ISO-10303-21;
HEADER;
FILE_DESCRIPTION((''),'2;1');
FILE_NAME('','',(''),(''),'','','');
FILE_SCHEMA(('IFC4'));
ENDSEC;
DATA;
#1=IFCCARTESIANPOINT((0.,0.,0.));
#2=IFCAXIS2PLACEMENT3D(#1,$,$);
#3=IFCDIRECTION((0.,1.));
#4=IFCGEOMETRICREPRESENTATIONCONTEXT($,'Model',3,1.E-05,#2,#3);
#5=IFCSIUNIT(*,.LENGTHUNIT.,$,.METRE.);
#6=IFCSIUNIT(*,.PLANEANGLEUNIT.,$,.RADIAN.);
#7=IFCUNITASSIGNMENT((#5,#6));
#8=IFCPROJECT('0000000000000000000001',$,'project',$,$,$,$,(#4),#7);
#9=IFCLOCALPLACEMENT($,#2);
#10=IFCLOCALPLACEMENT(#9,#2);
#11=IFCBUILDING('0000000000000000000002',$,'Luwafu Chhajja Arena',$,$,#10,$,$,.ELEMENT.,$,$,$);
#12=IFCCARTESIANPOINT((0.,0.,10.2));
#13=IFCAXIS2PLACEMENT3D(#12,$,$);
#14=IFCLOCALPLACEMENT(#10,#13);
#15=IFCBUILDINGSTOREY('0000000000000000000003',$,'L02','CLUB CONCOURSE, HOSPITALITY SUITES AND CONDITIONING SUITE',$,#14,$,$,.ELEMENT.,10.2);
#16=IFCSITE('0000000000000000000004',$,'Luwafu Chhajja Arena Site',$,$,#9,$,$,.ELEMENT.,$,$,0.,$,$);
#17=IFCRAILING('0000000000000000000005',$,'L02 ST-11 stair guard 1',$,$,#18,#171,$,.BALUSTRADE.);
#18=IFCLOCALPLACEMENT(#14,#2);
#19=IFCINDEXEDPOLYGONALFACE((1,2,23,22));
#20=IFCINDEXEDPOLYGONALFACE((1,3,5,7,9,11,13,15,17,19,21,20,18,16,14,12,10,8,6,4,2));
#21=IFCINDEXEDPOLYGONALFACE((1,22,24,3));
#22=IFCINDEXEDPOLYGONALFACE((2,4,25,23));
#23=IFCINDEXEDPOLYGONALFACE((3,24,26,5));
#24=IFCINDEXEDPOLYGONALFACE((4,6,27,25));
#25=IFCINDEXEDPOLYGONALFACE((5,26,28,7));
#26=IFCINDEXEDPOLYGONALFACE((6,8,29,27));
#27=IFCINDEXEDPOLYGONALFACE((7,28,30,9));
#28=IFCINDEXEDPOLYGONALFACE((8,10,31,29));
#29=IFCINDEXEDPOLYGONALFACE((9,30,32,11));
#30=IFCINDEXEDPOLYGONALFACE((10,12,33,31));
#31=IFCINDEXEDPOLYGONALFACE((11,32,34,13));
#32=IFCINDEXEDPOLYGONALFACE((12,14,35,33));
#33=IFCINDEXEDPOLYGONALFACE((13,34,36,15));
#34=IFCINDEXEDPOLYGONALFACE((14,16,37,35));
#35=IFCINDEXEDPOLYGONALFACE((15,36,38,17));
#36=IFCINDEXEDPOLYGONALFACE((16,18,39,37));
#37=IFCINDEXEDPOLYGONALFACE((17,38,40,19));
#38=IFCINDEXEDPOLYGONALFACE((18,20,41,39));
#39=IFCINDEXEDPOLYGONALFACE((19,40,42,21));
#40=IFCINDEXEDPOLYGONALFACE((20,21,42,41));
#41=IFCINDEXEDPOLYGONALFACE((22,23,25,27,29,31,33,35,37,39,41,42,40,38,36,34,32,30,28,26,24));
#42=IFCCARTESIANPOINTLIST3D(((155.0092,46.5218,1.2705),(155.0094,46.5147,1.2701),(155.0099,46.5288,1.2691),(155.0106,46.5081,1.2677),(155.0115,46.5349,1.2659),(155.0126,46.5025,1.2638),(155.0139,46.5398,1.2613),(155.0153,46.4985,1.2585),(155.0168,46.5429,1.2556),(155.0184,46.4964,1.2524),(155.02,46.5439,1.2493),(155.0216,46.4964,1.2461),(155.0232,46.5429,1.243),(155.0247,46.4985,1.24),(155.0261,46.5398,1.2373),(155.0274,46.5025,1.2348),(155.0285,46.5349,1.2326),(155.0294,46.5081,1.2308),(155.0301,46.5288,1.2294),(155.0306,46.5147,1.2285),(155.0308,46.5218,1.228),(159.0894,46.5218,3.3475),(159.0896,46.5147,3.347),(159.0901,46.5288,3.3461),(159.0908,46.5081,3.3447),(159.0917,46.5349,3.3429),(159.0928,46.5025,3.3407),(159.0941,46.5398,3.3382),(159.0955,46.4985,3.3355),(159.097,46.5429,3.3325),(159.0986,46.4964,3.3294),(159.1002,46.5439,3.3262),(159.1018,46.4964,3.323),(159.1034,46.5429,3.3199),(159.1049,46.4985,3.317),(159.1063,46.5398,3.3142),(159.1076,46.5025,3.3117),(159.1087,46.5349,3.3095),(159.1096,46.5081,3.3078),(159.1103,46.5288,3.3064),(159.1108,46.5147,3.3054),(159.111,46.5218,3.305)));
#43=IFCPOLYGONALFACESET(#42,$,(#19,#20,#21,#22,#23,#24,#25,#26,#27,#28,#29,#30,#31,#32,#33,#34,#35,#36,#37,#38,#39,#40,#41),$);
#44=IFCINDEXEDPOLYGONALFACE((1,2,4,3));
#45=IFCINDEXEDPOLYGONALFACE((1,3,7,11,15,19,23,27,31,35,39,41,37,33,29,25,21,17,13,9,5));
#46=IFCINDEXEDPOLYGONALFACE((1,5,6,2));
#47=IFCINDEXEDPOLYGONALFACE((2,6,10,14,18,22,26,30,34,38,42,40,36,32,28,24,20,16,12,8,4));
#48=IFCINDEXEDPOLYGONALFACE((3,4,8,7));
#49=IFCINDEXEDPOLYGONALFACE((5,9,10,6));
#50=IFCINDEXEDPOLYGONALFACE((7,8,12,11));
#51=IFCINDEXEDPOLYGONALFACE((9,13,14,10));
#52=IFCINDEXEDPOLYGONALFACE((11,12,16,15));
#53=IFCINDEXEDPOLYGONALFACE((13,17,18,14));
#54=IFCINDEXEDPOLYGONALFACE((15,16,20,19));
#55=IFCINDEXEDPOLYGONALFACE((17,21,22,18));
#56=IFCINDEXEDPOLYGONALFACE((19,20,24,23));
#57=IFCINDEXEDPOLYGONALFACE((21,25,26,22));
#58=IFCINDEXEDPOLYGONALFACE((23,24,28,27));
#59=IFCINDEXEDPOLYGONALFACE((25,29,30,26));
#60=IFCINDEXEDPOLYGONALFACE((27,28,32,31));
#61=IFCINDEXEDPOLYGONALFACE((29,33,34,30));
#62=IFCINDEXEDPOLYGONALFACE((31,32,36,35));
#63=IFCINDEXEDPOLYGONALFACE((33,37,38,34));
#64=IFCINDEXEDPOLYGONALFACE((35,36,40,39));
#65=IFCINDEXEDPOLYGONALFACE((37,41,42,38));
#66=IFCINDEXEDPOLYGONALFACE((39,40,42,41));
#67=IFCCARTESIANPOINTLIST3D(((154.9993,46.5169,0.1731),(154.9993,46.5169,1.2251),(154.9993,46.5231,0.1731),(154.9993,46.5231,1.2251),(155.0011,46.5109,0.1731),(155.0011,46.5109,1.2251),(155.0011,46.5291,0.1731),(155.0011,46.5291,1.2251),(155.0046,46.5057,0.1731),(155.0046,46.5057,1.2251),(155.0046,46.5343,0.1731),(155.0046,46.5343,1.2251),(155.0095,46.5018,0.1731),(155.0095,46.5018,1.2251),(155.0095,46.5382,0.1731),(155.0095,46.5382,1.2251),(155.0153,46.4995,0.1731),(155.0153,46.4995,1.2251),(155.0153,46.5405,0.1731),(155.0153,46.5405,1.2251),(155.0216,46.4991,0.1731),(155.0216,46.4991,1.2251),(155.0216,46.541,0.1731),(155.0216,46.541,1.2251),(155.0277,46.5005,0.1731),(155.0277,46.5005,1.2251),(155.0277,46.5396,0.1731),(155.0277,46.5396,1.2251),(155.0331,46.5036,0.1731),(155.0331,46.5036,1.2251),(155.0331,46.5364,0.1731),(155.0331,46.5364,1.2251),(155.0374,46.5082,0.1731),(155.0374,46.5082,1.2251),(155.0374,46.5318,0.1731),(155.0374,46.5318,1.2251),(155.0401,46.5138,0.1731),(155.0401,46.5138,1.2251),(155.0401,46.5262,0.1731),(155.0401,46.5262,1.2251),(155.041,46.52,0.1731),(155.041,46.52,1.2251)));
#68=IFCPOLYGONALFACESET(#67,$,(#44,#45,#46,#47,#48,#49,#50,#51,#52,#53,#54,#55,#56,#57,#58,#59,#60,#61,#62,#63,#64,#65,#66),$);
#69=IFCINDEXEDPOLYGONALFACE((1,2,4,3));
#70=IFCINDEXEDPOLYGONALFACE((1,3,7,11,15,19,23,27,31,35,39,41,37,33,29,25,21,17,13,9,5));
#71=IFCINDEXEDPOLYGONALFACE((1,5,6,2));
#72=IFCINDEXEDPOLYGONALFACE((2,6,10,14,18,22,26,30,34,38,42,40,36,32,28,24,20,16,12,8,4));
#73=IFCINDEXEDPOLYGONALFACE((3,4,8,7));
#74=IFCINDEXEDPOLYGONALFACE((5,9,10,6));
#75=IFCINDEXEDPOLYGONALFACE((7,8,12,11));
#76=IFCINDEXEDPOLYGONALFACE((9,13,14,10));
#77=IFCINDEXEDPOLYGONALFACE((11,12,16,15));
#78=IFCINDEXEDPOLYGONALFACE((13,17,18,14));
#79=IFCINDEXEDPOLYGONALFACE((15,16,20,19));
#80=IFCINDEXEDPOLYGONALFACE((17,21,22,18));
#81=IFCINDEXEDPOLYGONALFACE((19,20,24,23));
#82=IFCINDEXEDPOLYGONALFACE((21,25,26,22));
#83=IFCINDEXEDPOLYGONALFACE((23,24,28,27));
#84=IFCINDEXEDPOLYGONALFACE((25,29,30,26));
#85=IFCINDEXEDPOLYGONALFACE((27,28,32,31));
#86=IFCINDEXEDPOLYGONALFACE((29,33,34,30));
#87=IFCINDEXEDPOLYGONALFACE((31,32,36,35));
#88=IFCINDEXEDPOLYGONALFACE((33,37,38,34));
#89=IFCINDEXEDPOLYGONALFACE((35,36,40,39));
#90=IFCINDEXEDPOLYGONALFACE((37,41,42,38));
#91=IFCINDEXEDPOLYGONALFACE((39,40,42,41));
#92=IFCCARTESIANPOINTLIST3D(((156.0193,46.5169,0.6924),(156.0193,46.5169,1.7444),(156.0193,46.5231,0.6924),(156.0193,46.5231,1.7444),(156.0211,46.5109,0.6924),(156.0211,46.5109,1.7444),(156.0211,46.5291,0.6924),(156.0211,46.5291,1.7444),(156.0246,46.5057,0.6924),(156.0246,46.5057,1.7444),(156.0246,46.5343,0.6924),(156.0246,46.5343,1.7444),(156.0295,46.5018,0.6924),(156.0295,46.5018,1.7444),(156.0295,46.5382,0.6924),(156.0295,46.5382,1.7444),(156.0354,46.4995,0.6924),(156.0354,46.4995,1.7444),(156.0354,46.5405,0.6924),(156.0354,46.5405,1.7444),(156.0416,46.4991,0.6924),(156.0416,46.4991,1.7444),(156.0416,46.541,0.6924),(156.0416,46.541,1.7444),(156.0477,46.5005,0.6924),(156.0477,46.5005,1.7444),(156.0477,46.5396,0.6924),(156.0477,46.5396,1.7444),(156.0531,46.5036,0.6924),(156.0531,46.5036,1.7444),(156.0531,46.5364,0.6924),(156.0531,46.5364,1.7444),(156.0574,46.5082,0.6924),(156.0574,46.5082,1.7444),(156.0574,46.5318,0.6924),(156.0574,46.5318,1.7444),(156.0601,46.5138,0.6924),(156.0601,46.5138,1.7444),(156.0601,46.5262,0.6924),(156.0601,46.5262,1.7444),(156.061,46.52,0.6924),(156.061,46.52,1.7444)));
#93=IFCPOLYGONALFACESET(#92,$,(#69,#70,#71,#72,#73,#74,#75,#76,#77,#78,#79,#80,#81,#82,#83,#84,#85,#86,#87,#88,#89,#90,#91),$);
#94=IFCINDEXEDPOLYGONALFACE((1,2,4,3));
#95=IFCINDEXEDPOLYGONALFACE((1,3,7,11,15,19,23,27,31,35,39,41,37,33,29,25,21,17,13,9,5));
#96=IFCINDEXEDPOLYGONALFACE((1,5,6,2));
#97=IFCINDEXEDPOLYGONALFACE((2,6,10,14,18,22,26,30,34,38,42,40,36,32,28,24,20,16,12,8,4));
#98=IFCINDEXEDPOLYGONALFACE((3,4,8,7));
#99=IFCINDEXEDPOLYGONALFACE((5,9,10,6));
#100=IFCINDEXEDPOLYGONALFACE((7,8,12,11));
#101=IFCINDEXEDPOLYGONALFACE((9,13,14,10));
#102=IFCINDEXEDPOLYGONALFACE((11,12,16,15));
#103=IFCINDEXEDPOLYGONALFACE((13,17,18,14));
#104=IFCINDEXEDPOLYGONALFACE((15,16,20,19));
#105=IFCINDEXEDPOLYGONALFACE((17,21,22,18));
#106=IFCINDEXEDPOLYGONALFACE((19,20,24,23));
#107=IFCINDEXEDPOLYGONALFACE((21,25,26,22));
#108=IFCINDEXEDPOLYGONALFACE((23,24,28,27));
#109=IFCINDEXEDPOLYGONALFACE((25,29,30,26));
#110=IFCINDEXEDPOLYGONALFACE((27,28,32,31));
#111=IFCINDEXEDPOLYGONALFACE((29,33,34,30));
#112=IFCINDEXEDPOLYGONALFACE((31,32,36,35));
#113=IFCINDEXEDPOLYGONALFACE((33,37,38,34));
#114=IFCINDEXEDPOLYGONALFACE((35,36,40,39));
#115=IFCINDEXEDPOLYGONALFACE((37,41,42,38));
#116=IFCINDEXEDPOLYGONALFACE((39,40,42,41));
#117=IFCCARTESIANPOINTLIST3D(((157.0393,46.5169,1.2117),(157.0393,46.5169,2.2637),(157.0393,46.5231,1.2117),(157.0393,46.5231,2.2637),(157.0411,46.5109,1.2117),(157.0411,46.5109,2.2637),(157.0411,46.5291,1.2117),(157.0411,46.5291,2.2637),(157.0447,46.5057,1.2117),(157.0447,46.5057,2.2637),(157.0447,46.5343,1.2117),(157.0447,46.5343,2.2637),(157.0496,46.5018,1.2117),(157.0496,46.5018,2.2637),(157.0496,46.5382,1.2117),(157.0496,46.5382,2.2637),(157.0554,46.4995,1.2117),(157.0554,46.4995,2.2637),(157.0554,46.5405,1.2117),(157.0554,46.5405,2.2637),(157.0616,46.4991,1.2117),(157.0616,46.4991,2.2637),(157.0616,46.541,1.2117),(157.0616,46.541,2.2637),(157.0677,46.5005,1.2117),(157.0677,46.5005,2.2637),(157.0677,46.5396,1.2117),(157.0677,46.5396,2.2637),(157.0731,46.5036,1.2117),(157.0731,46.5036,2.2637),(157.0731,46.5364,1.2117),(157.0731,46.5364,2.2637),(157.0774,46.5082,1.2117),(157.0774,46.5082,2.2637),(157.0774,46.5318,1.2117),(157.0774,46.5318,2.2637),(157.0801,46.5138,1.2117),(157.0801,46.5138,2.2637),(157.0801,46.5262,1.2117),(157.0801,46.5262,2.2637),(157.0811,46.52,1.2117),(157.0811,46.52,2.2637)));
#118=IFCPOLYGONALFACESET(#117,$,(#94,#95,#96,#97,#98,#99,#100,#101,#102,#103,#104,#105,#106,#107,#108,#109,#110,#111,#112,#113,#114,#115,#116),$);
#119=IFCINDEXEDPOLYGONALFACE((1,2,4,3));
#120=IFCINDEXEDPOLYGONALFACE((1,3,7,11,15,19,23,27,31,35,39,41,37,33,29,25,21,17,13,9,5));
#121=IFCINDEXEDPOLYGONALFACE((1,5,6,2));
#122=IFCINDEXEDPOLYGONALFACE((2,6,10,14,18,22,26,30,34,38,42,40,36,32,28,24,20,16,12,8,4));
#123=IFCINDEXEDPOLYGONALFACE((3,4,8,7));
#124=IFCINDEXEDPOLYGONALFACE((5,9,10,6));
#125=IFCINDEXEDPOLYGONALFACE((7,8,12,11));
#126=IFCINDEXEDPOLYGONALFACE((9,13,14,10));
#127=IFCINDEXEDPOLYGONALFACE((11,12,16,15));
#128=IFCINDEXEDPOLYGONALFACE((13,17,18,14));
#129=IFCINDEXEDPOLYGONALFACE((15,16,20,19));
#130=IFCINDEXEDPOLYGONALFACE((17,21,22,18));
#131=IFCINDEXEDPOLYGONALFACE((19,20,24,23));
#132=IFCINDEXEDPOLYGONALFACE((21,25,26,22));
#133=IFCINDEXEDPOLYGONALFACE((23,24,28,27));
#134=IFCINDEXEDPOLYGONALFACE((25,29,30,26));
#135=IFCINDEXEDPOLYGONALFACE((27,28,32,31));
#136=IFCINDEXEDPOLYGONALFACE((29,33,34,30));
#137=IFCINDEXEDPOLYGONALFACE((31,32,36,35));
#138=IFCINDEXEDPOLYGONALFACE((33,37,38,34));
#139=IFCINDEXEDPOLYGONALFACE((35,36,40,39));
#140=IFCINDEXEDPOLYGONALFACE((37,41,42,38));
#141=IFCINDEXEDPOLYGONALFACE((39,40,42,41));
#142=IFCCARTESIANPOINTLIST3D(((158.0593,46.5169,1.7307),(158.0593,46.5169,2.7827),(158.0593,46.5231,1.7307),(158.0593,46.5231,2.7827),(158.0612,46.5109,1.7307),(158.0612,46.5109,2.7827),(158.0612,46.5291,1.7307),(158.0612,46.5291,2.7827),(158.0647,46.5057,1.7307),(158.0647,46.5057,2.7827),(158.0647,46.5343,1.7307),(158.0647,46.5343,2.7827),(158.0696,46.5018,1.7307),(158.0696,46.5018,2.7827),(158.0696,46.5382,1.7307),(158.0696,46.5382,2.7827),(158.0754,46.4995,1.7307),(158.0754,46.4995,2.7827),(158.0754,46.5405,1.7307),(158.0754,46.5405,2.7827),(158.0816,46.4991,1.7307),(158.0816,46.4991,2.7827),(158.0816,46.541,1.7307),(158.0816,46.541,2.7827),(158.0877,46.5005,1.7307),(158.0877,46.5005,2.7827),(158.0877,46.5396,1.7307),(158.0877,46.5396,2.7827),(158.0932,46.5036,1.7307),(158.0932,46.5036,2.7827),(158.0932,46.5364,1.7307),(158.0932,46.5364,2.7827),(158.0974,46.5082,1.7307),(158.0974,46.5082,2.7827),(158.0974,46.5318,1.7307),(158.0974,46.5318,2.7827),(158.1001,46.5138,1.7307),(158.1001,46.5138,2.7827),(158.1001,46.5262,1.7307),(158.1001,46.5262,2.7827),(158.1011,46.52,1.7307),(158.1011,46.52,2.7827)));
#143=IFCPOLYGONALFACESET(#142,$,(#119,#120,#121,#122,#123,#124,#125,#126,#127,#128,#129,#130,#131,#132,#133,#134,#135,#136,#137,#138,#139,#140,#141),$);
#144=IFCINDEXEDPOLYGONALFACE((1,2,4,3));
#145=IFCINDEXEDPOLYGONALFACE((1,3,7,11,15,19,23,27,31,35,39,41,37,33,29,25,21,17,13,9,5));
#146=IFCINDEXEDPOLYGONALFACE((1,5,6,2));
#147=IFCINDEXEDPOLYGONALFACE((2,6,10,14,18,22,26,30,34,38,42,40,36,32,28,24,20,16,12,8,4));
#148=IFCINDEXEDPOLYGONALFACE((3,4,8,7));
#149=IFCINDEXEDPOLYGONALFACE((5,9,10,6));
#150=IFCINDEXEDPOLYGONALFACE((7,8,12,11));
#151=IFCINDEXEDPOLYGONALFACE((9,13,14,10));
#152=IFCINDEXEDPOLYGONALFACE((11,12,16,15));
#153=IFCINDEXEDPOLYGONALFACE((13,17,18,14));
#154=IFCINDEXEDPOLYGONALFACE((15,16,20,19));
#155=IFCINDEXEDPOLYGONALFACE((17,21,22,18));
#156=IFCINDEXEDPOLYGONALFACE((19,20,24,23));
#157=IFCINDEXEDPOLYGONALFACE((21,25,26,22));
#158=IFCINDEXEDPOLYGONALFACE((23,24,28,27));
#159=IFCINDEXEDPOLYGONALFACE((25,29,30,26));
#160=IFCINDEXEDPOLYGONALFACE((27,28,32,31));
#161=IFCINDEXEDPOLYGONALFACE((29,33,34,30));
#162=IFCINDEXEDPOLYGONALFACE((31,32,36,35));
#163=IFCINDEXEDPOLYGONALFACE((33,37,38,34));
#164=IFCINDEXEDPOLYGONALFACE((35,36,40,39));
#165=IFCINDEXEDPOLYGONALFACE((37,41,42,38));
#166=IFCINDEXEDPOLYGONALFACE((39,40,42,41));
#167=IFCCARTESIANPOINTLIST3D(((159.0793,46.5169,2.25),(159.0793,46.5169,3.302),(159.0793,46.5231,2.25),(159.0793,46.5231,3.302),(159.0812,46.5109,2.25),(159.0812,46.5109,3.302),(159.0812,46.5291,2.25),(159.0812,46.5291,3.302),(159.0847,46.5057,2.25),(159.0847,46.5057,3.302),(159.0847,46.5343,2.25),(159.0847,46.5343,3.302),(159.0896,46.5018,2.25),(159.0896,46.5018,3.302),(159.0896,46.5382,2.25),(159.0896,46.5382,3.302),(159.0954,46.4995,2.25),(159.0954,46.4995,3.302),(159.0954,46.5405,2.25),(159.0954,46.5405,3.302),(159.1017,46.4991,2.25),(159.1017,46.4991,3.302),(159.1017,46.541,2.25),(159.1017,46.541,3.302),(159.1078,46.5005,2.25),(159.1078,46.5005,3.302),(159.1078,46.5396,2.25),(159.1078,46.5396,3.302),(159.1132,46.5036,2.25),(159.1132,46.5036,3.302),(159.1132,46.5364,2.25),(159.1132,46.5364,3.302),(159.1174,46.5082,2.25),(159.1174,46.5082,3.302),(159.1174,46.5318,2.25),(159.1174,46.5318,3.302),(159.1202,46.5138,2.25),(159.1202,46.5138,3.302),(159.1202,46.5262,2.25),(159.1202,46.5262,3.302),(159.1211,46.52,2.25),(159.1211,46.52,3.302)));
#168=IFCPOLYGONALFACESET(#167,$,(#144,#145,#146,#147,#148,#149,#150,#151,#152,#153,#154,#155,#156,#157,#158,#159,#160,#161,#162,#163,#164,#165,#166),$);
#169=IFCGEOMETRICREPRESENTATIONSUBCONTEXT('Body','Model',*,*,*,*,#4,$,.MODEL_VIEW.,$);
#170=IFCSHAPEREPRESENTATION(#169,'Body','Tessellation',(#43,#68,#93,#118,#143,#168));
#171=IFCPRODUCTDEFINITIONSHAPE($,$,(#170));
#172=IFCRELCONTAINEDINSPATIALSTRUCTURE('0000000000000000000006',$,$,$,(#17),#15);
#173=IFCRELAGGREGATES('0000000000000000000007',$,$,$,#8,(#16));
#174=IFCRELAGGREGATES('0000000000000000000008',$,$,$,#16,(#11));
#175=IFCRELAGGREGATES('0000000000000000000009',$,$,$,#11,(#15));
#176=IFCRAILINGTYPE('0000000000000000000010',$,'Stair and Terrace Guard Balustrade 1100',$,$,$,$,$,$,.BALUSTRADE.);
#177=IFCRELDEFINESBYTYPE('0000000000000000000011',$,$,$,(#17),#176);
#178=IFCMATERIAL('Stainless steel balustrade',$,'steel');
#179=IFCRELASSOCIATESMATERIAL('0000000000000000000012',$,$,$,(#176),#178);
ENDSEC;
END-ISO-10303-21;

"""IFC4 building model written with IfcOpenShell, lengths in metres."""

from ifc_helpers import new_model, si_unit, direction, frame, origin, origin_2d, place, context, subcontext, project, spatial, circle, extrude, material, type_object, element, save


model = new_model("IFC4")

# Units and contexts
model_context = context("Model", 3, precision=1e-05, world=origin(), true_north=direction((0.0, 1.0)))
body_context = subcontext(model_context, "Body", "Model", "MODEL_VIEW")
ifc_project = project(units=[si_unit("LENGTHUNIT", "METRE"), si_unit("PLANEANGLEUNIT", "RADIAN")], contexts=[model_context])

# Site, building, storey
site_placement = place(None, origin())
site = spatial("IfcSite", under=ifc_project, at=site_placement, Name="Luwafu Chhajja Arena Site", CompositionType="ELEMENT", RefElevation=0.0)
building_placement = place(site_placement, origin())
building = spatial("IfcBuilding", under=site, at=building_placement, Name="Luwafu Chhajja Arena", CompositionType="ELEMENT")
storey_placement = place(building_placement, frame((0.0, 0.0, 10.2)))
storey = spatial("IfcBuildingStorey", under=building, at=storey_placement, Name="L02", Description="CLUB CONCOURSE, HOSPITALITY SUITES AND CONDITIONING SUITE", CompositionType="ELEMENT", Elevation=10.2)

# Railing
ifc_material_1 = material(Name="Stainless steel balustrade", Category="steel")
railing_type_1 = type_object("IfcRailingType", Name="Stair and Terrace Guard Balustrade 1100", PredefinedType="BALUSTRADE", material=ifc_material_1)
railing_1_placement = place(storey_placement, frame((155.02, 46.52, 0.1731)))
element("IfcRailing", 1, at=railing_1_placement, inside=storey, type_object=railing_type_1, Name="L02 ST-11 stair guard 1", PredefinedType="BALUSTRADE", context=body_context, shape_type="SweptSolid", body=[
    extrude(circle(Radius=0.0239, at=origin_2d()), frame((0.0, 0.0, 1.0762), z_axis=(0.891183, 0.0, 0.453644), x_axis=(0.0, 1.0, 0.0)), (0.0, 0.0, 1.0), 4.5784),
    extrude(circle(Radius=0.021, at=origin_2d()), origin(), (0.0, 0.0, 1.0), 1.052),
    extrude(circle(Radius=0.021, at=origin_2d()), frame((1.02, 0.0, 0.5193)), (0.0, 0.0, 1.0), 1.052),
    extrude(circle(Radius=0.021, at=origin_2d()), frame((2.04, 0.0, 1.0386)), (0.0, 0.0, 1.0), 1.052),
    extrude(circle(Radius=0.021, at=origin_2d()), frame((3.0601, 0.0, 1.5576)), (0.0, 0.0, 1.0), 1.052),
    extrude(circle(Radius=0.021, at=origin_2d()), frame((4.0801, 0.0, 2.0769)), (0.0, 0.0, 1.0), 1.052),
])

save(model, "model.ifc")
